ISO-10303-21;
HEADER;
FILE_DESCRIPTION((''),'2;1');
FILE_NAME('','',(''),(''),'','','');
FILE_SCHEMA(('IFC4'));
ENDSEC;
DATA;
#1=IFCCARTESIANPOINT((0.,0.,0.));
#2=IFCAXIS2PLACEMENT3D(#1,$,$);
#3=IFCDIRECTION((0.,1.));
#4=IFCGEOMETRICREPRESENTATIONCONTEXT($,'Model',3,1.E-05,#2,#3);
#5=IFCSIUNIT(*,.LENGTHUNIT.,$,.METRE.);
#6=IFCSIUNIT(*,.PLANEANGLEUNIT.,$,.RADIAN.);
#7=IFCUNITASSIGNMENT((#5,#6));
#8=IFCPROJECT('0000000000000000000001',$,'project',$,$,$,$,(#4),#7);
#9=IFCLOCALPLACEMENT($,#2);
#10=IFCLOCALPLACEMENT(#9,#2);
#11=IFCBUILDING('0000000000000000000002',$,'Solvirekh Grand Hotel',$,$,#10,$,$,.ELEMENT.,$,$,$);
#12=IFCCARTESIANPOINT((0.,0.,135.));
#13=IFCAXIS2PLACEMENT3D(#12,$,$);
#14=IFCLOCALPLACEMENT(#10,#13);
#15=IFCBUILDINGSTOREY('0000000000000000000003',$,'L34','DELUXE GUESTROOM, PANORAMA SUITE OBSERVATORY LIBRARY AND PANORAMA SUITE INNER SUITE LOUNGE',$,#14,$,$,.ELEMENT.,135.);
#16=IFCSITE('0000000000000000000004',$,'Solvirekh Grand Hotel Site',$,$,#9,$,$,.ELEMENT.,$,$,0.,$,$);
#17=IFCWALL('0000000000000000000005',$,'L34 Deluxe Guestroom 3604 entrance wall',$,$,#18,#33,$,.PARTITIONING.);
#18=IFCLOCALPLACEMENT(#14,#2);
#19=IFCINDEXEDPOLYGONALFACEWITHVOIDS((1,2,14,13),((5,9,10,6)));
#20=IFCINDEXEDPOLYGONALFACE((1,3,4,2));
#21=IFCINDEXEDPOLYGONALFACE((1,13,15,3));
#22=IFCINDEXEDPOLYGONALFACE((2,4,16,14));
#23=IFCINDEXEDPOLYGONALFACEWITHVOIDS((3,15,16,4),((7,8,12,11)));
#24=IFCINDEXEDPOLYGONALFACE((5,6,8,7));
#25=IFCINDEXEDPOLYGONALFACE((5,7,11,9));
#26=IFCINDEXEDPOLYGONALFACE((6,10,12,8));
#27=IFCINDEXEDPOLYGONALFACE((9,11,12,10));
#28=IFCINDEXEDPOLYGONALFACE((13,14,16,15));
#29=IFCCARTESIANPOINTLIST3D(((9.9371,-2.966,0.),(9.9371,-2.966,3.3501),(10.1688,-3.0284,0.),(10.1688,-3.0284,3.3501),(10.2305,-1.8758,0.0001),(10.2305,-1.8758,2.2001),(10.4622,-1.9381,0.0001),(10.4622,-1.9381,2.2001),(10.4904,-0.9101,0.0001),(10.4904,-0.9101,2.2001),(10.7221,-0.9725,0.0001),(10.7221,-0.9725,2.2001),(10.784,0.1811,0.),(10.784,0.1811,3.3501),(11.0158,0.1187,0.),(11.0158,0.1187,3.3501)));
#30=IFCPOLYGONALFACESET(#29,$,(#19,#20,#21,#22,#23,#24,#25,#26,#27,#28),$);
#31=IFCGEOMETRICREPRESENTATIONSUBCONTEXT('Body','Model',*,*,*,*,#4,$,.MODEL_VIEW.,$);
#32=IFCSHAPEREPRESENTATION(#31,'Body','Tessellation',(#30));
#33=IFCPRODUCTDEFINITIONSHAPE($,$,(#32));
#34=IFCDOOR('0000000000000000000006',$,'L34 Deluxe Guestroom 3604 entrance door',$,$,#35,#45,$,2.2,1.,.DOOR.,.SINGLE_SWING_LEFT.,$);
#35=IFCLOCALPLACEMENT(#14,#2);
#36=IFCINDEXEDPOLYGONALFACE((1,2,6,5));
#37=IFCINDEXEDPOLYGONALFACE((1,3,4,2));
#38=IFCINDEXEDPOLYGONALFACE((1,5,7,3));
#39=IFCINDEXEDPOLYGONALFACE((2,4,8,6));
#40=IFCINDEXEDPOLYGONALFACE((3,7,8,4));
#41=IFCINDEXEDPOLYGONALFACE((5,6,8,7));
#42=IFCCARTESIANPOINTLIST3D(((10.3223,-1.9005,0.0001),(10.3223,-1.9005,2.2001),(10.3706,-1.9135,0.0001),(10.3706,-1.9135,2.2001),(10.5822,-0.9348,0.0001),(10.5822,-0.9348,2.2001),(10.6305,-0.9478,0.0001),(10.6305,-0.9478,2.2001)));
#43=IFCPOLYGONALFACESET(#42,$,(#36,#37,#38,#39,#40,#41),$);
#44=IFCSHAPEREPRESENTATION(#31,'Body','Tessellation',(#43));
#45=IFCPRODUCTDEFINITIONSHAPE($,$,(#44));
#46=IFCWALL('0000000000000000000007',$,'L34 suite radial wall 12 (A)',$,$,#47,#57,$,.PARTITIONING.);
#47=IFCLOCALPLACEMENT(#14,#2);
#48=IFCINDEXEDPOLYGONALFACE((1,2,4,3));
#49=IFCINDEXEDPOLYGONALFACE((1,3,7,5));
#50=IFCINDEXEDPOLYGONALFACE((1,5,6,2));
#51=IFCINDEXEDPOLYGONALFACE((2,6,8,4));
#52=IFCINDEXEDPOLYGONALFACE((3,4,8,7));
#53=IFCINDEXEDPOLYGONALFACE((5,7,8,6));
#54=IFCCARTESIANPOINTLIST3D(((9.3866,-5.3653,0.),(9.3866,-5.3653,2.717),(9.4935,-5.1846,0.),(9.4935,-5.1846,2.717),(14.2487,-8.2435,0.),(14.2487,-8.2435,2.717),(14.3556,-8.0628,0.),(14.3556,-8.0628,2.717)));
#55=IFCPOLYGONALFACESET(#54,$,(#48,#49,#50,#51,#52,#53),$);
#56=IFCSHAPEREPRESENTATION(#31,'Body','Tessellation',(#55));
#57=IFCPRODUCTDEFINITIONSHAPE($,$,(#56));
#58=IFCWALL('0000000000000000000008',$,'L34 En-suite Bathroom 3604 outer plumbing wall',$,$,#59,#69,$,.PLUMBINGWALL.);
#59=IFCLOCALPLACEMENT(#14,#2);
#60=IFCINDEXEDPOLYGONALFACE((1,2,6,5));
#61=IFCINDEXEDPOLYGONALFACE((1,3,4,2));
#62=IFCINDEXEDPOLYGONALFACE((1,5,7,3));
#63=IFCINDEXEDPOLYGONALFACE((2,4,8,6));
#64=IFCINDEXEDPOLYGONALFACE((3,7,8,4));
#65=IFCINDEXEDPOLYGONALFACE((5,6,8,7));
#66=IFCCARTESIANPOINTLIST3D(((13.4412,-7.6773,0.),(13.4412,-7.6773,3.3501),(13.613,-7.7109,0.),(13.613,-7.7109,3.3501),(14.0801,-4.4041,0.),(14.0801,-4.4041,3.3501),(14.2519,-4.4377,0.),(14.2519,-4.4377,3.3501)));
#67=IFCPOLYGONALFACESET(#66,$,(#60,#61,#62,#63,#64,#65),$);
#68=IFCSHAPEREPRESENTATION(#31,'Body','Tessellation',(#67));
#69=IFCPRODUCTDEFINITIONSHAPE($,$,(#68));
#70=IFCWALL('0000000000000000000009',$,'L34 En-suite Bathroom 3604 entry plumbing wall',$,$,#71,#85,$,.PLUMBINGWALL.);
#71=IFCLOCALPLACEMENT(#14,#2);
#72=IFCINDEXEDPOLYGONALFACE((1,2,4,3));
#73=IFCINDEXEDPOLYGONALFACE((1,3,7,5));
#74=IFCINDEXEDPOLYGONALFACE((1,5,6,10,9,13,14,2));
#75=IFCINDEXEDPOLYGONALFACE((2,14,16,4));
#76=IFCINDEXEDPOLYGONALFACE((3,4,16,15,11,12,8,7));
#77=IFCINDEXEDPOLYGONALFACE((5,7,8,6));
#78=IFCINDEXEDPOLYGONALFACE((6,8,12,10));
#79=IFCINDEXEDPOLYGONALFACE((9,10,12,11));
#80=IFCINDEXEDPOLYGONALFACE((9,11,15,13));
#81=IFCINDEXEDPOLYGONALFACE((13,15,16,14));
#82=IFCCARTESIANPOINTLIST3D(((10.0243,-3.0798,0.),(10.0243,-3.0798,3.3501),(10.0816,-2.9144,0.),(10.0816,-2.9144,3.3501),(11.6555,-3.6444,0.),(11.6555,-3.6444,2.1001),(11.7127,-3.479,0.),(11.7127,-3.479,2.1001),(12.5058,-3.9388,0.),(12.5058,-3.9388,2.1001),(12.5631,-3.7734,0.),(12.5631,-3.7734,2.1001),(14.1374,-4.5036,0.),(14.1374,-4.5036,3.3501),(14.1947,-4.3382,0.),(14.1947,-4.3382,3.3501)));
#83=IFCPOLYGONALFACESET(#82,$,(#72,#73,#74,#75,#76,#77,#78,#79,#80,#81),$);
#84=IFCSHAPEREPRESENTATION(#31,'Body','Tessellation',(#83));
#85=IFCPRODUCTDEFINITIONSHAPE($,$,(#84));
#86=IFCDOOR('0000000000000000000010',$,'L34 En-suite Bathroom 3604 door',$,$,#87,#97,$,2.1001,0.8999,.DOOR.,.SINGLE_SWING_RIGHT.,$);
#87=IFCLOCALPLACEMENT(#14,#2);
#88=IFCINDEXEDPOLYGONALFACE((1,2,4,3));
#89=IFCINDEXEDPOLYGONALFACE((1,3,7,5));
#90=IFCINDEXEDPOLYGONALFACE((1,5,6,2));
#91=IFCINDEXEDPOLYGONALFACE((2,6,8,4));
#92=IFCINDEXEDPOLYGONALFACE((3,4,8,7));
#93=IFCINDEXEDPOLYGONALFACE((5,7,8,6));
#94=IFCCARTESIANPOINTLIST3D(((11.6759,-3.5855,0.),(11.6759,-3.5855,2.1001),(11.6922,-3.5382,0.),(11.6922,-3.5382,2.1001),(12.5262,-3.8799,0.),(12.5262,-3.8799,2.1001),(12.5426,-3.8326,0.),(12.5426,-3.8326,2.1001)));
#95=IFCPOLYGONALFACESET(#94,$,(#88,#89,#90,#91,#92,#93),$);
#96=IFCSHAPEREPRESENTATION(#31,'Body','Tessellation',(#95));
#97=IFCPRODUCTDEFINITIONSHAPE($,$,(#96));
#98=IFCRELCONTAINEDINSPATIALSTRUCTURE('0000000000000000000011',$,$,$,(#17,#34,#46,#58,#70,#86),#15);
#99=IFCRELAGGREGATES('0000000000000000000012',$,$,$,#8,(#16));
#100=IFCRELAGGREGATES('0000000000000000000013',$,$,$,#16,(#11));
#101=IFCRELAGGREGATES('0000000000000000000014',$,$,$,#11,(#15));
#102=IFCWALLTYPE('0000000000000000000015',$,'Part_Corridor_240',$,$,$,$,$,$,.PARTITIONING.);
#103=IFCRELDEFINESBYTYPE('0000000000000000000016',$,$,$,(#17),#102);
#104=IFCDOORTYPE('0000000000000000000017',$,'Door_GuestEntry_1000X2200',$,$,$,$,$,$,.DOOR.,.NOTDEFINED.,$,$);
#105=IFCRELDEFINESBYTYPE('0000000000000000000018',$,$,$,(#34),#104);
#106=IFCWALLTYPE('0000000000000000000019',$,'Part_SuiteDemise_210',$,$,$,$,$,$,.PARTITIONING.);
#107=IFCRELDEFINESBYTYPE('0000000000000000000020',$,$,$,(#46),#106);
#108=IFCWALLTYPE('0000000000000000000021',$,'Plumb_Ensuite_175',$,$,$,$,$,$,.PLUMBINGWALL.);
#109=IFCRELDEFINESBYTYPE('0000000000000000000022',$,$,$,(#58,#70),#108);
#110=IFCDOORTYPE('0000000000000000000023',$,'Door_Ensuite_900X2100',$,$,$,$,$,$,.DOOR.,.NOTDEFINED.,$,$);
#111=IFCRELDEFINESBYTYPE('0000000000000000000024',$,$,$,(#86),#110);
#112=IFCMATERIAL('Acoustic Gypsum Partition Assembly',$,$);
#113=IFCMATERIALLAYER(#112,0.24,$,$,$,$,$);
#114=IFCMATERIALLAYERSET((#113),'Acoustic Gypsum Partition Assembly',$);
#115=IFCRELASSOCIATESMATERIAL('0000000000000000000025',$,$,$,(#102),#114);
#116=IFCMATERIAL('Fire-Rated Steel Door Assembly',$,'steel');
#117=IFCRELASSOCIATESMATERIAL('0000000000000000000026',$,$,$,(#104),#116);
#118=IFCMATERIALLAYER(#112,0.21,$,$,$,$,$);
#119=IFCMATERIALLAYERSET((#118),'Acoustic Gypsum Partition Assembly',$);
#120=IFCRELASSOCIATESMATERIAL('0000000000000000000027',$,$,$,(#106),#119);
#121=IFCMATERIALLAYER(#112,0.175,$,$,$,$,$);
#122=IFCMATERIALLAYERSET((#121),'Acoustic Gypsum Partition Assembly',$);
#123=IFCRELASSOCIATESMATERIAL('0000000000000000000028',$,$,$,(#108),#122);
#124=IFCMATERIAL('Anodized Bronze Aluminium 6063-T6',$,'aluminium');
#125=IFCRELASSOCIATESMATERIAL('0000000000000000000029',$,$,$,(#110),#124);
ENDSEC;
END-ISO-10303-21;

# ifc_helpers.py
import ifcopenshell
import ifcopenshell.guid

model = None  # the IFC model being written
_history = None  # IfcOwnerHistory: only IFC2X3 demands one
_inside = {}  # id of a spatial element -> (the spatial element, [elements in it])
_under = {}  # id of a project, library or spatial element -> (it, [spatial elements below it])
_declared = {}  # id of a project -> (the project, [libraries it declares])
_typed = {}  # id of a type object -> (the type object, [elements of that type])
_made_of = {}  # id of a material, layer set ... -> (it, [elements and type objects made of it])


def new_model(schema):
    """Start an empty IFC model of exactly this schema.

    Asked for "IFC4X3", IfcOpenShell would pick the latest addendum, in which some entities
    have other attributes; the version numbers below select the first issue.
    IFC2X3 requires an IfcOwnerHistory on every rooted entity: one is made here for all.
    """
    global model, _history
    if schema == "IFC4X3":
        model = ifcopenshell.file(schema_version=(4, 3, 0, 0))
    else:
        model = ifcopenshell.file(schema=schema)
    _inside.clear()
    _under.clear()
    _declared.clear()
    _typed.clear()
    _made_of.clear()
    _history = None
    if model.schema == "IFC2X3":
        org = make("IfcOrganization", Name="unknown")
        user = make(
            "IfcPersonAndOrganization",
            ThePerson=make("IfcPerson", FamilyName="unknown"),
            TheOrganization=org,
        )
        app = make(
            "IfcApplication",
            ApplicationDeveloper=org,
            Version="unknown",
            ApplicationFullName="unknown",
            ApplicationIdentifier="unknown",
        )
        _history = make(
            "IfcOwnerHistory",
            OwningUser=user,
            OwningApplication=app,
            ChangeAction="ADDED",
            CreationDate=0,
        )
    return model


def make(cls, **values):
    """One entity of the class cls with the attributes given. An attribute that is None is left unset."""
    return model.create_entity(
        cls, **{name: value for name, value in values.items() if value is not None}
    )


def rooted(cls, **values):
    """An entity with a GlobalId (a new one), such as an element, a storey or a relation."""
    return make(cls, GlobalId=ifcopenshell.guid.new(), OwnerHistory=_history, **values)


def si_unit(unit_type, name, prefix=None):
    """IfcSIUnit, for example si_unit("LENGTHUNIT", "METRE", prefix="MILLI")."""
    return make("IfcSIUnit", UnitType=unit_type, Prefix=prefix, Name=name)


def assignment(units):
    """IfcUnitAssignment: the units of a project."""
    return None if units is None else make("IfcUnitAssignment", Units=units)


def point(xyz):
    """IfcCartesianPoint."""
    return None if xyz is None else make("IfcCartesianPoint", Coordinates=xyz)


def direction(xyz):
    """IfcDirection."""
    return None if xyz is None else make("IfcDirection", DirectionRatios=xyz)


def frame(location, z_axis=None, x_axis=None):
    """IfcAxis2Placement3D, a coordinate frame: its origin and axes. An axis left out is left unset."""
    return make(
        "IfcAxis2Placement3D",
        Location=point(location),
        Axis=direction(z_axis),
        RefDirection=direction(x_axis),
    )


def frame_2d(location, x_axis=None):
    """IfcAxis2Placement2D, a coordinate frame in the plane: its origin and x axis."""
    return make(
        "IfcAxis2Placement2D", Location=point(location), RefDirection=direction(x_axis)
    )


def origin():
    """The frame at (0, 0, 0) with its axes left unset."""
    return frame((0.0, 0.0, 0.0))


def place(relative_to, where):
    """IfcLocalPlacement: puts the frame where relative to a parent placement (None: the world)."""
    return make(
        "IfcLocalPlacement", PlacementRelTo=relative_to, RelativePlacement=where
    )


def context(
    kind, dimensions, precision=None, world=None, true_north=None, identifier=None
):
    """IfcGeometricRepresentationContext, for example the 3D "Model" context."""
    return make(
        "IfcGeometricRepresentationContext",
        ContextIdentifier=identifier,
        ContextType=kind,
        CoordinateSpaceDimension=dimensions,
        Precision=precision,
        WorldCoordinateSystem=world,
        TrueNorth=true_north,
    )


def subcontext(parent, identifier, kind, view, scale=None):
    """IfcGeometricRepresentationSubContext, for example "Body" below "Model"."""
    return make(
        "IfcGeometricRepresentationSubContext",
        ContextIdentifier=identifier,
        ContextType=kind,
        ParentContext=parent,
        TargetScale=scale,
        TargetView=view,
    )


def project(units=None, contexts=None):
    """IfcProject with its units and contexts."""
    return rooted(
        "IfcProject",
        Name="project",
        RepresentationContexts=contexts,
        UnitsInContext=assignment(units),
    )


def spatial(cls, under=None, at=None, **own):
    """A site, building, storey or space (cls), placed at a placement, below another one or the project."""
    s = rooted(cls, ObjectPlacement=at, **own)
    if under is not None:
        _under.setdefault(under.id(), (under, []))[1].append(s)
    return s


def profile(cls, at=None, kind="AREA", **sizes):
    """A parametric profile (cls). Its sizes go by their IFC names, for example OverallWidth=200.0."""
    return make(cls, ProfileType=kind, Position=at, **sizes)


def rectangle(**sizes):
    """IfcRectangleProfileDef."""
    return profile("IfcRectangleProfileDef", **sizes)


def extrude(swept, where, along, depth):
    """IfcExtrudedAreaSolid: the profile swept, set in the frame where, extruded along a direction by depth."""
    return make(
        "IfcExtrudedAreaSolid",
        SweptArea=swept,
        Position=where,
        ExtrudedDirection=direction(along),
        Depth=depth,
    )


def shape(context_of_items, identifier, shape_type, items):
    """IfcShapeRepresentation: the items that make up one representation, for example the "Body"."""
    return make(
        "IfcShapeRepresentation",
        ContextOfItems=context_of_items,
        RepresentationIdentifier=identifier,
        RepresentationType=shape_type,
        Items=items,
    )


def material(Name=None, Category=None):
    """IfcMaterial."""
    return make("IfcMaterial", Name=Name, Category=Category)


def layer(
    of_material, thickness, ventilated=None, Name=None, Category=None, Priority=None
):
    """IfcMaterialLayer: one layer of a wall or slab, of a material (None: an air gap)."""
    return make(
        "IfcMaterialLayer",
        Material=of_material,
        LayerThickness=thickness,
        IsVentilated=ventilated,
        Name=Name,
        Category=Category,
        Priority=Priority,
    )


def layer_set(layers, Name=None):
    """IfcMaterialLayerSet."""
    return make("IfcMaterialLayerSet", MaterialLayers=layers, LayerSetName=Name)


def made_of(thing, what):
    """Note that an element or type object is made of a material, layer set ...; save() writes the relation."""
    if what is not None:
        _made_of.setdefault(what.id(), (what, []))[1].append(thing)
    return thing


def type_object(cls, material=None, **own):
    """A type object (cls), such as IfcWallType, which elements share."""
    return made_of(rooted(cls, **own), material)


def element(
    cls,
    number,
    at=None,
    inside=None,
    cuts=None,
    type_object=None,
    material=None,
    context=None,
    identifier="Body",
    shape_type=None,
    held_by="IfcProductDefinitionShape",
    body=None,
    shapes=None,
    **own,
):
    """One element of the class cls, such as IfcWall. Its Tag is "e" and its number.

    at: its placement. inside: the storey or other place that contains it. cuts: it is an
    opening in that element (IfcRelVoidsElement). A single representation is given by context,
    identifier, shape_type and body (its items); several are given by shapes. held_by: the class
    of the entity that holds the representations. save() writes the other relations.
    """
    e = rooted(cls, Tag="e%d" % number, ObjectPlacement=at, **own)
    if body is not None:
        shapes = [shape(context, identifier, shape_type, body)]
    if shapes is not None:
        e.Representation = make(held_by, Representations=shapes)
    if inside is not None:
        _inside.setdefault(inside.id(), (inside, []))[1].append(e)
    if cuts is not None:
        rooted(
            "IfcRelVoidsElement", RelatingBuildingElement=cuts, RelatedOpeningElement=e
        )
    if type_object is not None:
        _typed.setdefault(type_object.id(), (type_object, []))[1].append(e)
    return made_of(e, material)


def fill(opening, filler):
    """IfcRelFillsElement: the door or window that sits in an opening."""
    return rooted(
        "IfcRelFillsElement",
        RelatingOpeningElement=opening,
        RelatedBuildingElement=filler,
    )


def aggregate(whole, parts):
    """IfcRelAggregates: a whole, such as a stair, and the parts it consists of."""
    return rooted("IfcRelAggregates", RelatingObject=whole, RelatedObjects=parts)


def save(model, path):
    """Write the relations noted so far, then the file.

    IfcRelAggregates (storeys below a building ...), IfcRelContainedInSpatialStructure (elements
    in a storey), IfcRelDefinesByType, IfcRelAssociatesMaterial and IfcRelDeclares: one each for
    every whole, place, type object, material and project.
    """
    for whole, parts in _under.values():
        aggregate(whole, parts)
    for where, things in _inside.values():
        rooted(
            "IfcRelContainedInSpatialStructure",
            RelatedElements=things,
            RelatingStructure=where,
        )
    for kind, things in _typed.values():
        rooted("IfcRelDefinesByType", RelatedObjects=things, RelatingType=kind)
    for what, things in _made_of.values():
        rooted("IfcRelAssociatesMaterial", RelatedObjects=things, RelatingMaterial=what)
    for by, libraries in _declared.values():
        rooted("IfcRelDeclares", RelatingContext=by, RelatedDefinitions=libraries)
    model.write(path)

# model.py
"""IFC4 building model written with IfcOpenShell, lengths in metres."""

from ifc_helpers import new_model, si_unit, direction, frame, frame_2d, origin, place, context, subcontext, project, spatial, rectangle, extrude, material, layer, layer_set, type_object, element, fill, save


model = new_model("IFC4")

# Units and contexts
model_context = context("Model", 3, precision=1e-05, world=origin(), true_north=direction((0.0, 1.0)))
body_context = subcontext(model_context, "Body", "Model", "MODEL_VIEW")
ifc_project = project(units=[si_unit("LENGTHUNIT", "METRE"), si_unit("PLANEANGLEUNIT", "RADIAN")], contexts=[model_context])

# Site, building, storey
site_placement = place(None, origin())
site = spatial("IfcSite", under=ifc_project, at=site_placement, Name="Solvirekh Grand Hotel Site", CompositionType="ELEMENT", RefElevation=0.0)
building_placement = place(site_placement, origin())
building = spatial("IfcBuilding", under=site, at=building_placement, Name="Solvirekh Grand Hotel", CompositionType="ELEMENT")
storey_placement = place(building_placement, frame((0.0, 0.0, 135.0)))
storey = spatial("IfcBuildingStorey", under=building, at=storey_placement, Name="L34", Description="DELUXE GUESTROOM, PANORAMA SUITE OBSERVATORY LIBRARY AND PANORAMA SUITE INNER SUITE LOUNGE", CompositionType="ELEMENT", Elevation=135.0)

# Shared definitions
ifc_material_1 = material(Name="Anodized Bronze Aluminium 6063-T6", Category="aluminium")

# Shared definitions
ifc_material_2 = material(Name="Acoustic Gypsum Partition Assembly")
ifc_layer_1 = layer(ifc_material_2, 0.24)
ifc_layer_set_1 = layer_set([ifc_layer_1], Name="Acoustic Gypsum Partition Assembly")
wall_type_1 = type_object("IfcWallType", Name="Part_Corridor_240", PredefinedType="PARTITIONING", material=ifc_layer_set_1)
ifc_material_3 = material(Name="Fire-Rated Steel Door Assembly", Category="steel")

# Wall, opening, door
wall_1_placement = place(storey_placement, frame((10.053, -2.9971, 0.0), z_axis=(0.0, 0.0, 1.0), x_axis=(0.259877, 0.965642, 0.0)))
wall_1 = element("IfcWall", 1, at=wall_1_placement, inside=storey, type_object=wall_type_1, Name="L34 Deluxe Guestroom 3604 entrance wall", PredefinedType="PARTITIONING", context=body_context, shape_type="SweptSolid", body=[
    extrude(rectangle(XDim=3.259, YDim=0.24, at=frame_2d((1.6294, 0.0))), origin(), (0.0, 0.0, 1.0), 3.3501),
])
opening_1_placement = place(wall_1_placement, frame((1.1289, 0.0, 0.0)))
opening_1 = element("IfcOpeningElement", 2, at=opening_1_placement, cuts=wall_1, PredefinedType="OPENING", context=body_context, shape_type="SweptSolid", body=[
    extrude(rectangle(XDim=1.0, YDim=2.2, at=frame_2d((0.5, 1.1001))), frame((0.0, 0.1299, 0.0), z_axis=(0.0, -1.0, 0.0), x_axis=(1.0, 0.0, 0.0)), (0.0, 0.0, 1.0), 0.26),
])
door_type_1 = type_object("IfcDoorType", Name="Door_GuestEntry_1000X2200", OperationType="NOTDEFINED", PredefinedType="DOOR", material=ifc_material_3)
door_1_placement = place(opening_1_placement, origin())
door_1 = element("IfcDoor", 3, at=door_1_placement, inside=storey, type_object=door_type_1, Name="L34 Deluxe Guestroom 3604 entrance door", OperationType="SINGLE_SWING_LEFT", OverallHeight=2.2, OverallWidth=1.0, PredefinedType="DOOR", context=body_context, shape_type="SweptSolid", body=[
    extrude(rectangle(XDim=1.0, YDim=2.2, at=frame_2d((0.5, 1.1001))), frame((0.0, 0.0249, 0.0), z_axis=(0.0, -1.0, 0.0), x_axis=(1.0, 0.0, 0.0)), (0.0, 0.0, 1.0), 0.05),
])
fill(opening_1, door_1)

# Walls
ifc_layer_2 = layer(ifc_material_2, 0.21)
ifc_layer_set_2 = layer_set([ifc_layer_2], Name="Acoustic Gypsum Partition Assembly")
wall_type_2 = type_object("IfcWallType", Name="Part_SuiteDemise_210", PredefinedType="PARTITIONING", material=ifc_layer_set_2)
wall_2_placement = place(storey_placement, frame((9.4399, -5.2749, 0.0), z_axis=(0.0, 0.0, 1.0), x_axis=(0.860528, -0.509403, 0.0)))
element("IfcWall", 4, at=wall_2_placement, inside=storey, type_object=wall_type_2, Name="L34 suite radial wall 12 (A)", PredefinedType="PARTITIONING", context=body_context, shape_type="SweptSolid", body=[
    extrude(rectangle(XDim=5.6501, YDim=0.21, at=frame_2d((2.8252, 0.0))), origin(), (0.0, 0.0, 1.0), 2.717),
])
ifc_layer_3 = layer(ifc_material_2, 0.175)
ifc_layer_set_3 = layer_set([ifc_layer_3], Name="Acoustic Gypsum Partition Assembly")
wall_type_3 = type_object("IfcWallType", Name="Plumb_Ensuite_175", PredefinedType="PLUMBINGWALL", material=ifc_layer_set_3)
wall_3_placement = place(storey_placement, frame((13.5271, -7.6941, 0.0), z_axis=(0.0, 0.0, 1.0), x_axis=(0.191581, 0.981477, 0.0)))
element("IfcWall", 5, at=wall_3_placement, inside=storey, type_object=wall_type_3, Name="L34 En-suite Bathroom 3604 outer plumbing wall", PredefinedType="PLUMBINGWALL", context=body_context, shape_type="SweptSolid", body=[
    extrude(rectangle(XDim=3.335, YDim=0.175, at=frame_2d((1.6675, 0.0))), origin(), (0.0, 0.0, 1.0), 3.3501),
])

# Wall, opening, door
wall_4_placement = place(storey_placement, frame((10.053, -2.9971, 0.0), z_axis=(0.0, 0.0, 1.0), x_axis=(0.94498, -0.327128, 0.0)))
wall_4 = element("IfcWall", 6, at=wall_4_placement, inside=storey, type_object=wall_type_3, Name="L34 En-suite Bathroom 3604 entry plumbing wall", PredefinedType="PLUMBINGWALL", context=body_context, shape_type="SweptSolid", body=[
    extrude(rectangle(XDim=4.3525, YDim=0.175, at=frame_2d((2.1763, 0.0))), origin(), (0.0, 0.0, 1.0), 3.3501),
])
opening_2_placement = place(wall_4_placement, frame((1.7261, 0.0, 0.0)))
opening_2 = element("IfcOpeningElement", 7, at=opening_2_placement, cuts=wall_4, PredefinedType="OPENING", context=body_context, shape_type="SweptSolid", body=[
    extrude(rectangle(XDim=0.8999, YDim=2.1001, at=frame_2d((0.45, 1.05))), frame((0.0, 0.0977, 0.0), z_axis=(0.0, -1.0, 0.0), x_axis=(1.0, 0.0, 0.0)), (0.0, 0.0, 1.0), 0.1951),
])
door_type_2 = type_object("IfcDoorType", Name="Door_Ensuite_900X2100", OperationType="NOTDEFINED", PredefinedType="DOOR", material=ifc_material_1)
door_2_placement = place(opening_2_placement, origin())
door_2 = element("IfcDoor", 8, at=door_2_placement, inside=storey, type_object=door_type_2, Name="L34 En-suite Bathroom 3604 door", OperationType="SINGLE_SWING_RIGHT", OverallHeight=2.1001, OverallWidth=0.8999, PredefinedType="DOOR", context=body_context, shape_type="SweptSolid", body=[
    extrude(rectangle(XDim=0.8999, YDim=2.1001, at=frame_2d((0.45, 1.05))), frame((0.0, 0.0249, 0.0), z_axis=(0.0, -1.0, 0.0), x_axis=(1.0, 0.0, 0.0)), (0.0, 0.0, 1.0), 0.05),
])
fill(opening_2, door_2)

save(model, "model.ifc")
